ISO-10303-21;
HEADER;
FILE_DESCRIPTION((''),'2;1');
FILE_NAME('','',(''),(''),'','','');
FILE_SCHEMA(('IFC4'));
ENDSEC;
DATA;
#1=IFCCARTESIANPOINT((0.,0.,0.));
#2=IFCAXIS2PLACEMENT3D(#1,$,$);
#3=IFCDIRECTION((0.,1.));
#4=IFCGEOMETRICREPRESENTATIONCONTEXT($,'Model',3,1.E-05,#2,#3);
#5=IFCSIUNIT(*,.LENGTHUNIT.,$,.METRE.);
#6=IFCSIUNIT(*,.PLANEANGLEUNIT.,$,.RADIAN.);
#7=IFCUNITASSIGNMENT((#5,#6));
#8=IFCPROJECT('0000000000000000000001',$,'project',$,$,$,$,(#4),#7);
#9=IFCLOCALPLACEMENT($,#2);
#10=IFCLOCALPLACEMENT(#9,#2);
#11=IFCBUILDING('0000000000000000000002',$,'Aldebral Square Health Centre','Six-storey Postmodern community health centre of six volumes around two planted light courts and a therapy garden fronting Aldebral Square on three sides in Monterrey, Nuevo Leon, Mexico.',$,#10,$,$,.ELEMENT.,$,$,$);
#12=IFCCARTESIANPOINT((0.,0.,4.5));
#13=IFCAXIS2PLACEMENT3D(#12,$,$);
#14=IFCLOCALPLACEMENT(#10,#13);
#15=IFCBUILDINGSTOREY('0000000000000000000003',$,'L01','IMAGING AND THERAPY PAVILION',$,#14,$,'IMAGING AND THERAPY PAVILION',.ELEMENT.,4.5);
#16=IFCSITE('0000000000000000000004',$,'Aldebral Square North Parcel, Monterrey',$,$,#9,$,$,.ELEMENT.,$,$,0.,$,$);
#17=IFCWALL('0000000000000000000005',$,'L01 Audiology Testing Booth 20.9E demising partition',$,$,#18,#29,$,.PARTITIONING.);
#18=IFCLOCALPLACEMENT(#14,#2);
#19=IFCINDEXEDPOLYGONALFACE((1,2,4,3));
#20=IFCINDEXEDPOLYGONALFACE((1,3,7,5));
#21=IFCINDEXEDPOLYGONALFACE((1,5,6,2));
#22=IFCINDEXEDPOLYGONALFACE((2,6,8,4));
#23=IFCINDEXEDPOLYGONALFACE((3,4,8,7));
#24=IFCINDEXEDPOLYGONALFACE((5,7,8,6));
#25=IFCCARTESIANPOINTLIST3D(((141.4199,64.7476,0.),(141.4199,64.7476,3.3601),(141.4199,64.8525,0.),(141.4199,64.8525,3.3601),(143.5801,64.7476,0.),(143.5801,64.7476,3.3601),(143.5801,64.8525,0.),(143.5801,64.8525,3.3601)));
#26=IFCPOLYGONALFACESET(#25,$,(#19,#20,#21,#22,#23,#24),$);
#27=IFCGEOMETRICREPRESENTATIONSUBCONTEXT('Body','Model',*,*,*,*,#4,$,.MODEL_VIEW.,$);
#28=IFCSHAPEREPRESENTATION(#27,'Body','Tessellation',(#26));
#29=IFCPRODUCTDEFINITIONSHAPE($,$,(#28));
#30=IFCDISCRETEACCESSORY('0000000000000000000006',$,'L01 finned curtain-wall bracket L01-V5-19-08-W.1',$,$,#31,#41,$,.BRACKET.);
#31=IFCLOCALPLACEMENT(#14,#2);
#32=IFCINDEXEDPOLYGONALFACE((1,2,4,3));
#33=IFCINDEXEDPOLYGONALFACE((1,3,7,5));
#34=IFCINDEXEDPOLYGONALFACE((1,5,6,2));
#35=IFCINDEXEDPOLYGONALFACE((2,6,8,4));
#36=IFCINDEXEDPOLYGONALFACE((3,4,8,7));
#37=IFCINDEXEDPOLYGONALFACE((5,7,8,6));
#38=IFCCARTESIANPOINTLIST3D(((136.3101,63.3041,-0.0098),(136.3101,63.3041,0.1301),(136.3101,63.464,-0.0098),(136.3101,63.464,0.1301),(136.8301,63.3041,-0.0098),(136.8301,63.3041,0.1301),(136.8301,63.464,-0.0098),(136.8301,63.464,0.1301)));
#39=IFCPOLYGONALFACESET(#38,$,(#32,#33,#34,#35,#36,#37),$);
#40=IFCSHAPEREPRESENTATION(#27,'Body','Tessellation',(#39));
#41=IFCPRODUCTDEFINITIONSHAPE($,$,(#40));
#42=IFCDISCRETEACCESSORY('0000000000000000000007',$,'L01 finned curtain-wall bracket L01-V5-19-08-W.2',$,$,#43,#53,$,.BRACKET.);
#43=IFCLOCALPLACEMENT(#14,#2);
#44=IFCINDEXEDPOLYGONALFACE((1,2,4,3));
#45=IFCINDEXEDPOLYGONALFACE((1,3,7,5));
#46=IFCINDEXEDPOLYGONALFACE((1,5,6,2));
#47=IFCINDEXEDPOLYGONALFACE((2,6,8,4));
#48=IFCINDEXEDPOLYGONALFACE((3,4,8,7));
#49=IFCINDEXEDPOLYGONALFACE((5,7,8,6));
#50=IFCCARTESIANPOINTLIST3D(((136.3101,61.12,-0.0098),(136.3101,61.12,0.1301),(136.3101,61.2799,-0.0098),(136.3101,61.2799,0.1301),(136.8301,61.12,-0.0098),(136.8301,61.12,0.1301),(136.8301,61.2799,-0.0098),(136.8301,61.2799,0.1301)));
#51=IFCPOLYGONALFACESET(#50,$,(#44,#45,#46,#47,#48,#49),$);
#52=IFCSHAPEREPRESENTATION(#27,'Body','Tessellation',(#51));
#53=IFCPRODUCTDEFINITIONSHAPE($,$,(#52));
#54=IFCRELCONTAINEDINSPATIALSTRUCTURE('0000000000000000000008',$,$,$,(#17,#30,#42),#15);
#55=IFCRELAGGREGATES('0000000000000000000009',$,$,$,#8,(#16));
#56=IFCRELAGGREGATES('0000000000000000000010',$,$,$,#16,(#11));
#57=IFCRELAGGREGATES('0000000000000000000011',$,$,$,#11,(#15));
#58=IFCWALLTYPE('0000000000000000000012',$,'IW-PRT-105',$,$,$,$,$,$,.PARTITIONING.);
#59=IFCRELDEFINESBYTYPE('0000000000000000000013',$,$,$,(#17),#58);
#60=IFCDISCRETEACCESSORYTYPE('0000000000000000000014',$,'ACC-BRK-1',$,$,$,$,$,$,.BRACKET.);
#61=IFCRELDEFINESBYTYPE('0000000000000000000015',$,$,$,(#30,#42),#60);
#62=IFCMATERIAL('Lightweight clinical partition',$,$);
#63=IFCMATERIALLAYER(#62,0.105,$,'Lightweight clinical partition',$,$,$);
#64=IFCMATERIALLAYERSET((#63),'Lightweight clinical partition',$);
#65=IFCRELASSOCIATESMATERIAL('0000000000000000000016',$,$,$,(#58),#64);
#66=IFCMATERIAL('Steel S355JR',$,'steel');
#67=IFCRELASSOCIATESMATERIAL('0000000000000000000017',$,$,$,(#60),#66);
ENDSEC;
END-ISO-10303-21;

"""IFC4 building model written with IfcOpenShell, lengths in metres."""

from ifc_helpers import new_model, si_unit, direction, frame, frame_2d, origin, origin_2d, place, context, subcontext, project, spatial, rectangle, extrude, material, layer, layer_set, type_object, element, save


model = new_model("IFC4")

# Units and contexts
model_context = context("Model", 3, precision=1e-05, world=origin(), true_north=direction((0.0, 1.0)))
body_context = subcontext(model_context, "Body", "Model", "MODEL_VIEW")
ifc_project = project(units=[si_unit("LENGTHUNIT", "METRE"), si_unit("PLANEANGLEUNIT", "RADIAN")], contexts=[model_context])

# Site, building, storey
site_placement = place(None, origin())
site = spatial("IfcSite", under=ifc_project, at=site_placement, Name="Aldebral Square North Parcel, Monterrey", CompositionType="ELEMENT", RefElevation=0.0)
building_placement = place(site_placement, origin())
building = spatial("IfcBuilding", under=site, at=building_placement, Name="Aldebral Square Health Centre", Description="Six-storey Postmodern community health centre of six volumes around two planted light courts and a therapy garden fronting Aldebral Square on three sides in Monterrey, Nuevo Leon, Mexico.", CompositionType="ELEMENT")
storey_placement = place(building_placement, frame((0.0, 0.0, 4.5)))
storey = spatial("IfcBuildingStorey", under=building, at=storey_placement, Name="L01", Description="IMAGING AND THERAPY PAVILION", LongName="IMAGING AND THERAPY PAVILION", CompositionType="ELEMENT", Elevation=4.5)

# Wall
ifc_material_1 = material(Name="Lightweight clinical partition")
ifc_layer_1 = layer(ifc_material_1, 0.105, Name="Lightweight clinical partition")
ifc_layer_set_1 = layer_set([ifc_layer_1], Name="Lightweight clinical partition")
wall_type_1 = type_object("IfcWallType", Name="IW-PRT-105", PredefinedType="PARTITIONING", material=ifc_layer_set_1)
wall_1_placement = place(storey_placement, frame((141.4199, 64.8, 0.0), z_axis=(0.0, 0.0, 1.0), x_axis=(1.0, 0.0, 0.0)))
element("IfcWall", 1, at=wall_1_placement, inside=storey, type_object=wall_type_1, Name="L01 Audiology Testing Booth 20.9E demising partition", PredefinedType="PARTITIONING", context=body_context, shape_type="SweptSolid", body=[
    extrude(rectangle(XDim=2.1602, YDim=0.105, at=frame_2d((1.0801, 0.0))), origin(), (0.0, 0.0, 1.0), 3.3601),
])

# Discrete accessories
ifc_material_2 = material(Name="Steel S355JR", Category="steel")
discrete_accessory_type = type_object("IfcDiscreteAccessoryType", Name="ACC-BRK-1", PredefinedType="BRACKET", material=ifc_material_2)
for number, where, z_axis, x_axis, name in (
    (2, (136.5701, 63.384, -0.0098), (0.0, 0.0, 1.0), (0.0, 1.0, 0.0), "L01 finned curtain-wall bracket L01-V5-19-08-W.1"),
    (3, (136.5701, 61.2, -0.0098), (0.0, 0.0, 1.0), (0.0, 1.0, 0.0), "L01 finned curtain-wall bracket L01-V5-19-08-W.2"),
):
    element("IfcDiscreteAccessory", number, at=place(storey_placement, frame(where, z_axis=z_axis, x_axis=x_axis)), inside=storey, type_object=discrete_accessory_type, Name=name, PredefinedType="BRACKET", context=body_context, shape_type="SweptSolid", body=[
        extrude(rectangle(XDim=0.1599, YDim=0.52, at=origin_2d()), origin(), (0.0, 0.0, 1.0), 0.1399),
    ])

save(model, "model.ifc")
